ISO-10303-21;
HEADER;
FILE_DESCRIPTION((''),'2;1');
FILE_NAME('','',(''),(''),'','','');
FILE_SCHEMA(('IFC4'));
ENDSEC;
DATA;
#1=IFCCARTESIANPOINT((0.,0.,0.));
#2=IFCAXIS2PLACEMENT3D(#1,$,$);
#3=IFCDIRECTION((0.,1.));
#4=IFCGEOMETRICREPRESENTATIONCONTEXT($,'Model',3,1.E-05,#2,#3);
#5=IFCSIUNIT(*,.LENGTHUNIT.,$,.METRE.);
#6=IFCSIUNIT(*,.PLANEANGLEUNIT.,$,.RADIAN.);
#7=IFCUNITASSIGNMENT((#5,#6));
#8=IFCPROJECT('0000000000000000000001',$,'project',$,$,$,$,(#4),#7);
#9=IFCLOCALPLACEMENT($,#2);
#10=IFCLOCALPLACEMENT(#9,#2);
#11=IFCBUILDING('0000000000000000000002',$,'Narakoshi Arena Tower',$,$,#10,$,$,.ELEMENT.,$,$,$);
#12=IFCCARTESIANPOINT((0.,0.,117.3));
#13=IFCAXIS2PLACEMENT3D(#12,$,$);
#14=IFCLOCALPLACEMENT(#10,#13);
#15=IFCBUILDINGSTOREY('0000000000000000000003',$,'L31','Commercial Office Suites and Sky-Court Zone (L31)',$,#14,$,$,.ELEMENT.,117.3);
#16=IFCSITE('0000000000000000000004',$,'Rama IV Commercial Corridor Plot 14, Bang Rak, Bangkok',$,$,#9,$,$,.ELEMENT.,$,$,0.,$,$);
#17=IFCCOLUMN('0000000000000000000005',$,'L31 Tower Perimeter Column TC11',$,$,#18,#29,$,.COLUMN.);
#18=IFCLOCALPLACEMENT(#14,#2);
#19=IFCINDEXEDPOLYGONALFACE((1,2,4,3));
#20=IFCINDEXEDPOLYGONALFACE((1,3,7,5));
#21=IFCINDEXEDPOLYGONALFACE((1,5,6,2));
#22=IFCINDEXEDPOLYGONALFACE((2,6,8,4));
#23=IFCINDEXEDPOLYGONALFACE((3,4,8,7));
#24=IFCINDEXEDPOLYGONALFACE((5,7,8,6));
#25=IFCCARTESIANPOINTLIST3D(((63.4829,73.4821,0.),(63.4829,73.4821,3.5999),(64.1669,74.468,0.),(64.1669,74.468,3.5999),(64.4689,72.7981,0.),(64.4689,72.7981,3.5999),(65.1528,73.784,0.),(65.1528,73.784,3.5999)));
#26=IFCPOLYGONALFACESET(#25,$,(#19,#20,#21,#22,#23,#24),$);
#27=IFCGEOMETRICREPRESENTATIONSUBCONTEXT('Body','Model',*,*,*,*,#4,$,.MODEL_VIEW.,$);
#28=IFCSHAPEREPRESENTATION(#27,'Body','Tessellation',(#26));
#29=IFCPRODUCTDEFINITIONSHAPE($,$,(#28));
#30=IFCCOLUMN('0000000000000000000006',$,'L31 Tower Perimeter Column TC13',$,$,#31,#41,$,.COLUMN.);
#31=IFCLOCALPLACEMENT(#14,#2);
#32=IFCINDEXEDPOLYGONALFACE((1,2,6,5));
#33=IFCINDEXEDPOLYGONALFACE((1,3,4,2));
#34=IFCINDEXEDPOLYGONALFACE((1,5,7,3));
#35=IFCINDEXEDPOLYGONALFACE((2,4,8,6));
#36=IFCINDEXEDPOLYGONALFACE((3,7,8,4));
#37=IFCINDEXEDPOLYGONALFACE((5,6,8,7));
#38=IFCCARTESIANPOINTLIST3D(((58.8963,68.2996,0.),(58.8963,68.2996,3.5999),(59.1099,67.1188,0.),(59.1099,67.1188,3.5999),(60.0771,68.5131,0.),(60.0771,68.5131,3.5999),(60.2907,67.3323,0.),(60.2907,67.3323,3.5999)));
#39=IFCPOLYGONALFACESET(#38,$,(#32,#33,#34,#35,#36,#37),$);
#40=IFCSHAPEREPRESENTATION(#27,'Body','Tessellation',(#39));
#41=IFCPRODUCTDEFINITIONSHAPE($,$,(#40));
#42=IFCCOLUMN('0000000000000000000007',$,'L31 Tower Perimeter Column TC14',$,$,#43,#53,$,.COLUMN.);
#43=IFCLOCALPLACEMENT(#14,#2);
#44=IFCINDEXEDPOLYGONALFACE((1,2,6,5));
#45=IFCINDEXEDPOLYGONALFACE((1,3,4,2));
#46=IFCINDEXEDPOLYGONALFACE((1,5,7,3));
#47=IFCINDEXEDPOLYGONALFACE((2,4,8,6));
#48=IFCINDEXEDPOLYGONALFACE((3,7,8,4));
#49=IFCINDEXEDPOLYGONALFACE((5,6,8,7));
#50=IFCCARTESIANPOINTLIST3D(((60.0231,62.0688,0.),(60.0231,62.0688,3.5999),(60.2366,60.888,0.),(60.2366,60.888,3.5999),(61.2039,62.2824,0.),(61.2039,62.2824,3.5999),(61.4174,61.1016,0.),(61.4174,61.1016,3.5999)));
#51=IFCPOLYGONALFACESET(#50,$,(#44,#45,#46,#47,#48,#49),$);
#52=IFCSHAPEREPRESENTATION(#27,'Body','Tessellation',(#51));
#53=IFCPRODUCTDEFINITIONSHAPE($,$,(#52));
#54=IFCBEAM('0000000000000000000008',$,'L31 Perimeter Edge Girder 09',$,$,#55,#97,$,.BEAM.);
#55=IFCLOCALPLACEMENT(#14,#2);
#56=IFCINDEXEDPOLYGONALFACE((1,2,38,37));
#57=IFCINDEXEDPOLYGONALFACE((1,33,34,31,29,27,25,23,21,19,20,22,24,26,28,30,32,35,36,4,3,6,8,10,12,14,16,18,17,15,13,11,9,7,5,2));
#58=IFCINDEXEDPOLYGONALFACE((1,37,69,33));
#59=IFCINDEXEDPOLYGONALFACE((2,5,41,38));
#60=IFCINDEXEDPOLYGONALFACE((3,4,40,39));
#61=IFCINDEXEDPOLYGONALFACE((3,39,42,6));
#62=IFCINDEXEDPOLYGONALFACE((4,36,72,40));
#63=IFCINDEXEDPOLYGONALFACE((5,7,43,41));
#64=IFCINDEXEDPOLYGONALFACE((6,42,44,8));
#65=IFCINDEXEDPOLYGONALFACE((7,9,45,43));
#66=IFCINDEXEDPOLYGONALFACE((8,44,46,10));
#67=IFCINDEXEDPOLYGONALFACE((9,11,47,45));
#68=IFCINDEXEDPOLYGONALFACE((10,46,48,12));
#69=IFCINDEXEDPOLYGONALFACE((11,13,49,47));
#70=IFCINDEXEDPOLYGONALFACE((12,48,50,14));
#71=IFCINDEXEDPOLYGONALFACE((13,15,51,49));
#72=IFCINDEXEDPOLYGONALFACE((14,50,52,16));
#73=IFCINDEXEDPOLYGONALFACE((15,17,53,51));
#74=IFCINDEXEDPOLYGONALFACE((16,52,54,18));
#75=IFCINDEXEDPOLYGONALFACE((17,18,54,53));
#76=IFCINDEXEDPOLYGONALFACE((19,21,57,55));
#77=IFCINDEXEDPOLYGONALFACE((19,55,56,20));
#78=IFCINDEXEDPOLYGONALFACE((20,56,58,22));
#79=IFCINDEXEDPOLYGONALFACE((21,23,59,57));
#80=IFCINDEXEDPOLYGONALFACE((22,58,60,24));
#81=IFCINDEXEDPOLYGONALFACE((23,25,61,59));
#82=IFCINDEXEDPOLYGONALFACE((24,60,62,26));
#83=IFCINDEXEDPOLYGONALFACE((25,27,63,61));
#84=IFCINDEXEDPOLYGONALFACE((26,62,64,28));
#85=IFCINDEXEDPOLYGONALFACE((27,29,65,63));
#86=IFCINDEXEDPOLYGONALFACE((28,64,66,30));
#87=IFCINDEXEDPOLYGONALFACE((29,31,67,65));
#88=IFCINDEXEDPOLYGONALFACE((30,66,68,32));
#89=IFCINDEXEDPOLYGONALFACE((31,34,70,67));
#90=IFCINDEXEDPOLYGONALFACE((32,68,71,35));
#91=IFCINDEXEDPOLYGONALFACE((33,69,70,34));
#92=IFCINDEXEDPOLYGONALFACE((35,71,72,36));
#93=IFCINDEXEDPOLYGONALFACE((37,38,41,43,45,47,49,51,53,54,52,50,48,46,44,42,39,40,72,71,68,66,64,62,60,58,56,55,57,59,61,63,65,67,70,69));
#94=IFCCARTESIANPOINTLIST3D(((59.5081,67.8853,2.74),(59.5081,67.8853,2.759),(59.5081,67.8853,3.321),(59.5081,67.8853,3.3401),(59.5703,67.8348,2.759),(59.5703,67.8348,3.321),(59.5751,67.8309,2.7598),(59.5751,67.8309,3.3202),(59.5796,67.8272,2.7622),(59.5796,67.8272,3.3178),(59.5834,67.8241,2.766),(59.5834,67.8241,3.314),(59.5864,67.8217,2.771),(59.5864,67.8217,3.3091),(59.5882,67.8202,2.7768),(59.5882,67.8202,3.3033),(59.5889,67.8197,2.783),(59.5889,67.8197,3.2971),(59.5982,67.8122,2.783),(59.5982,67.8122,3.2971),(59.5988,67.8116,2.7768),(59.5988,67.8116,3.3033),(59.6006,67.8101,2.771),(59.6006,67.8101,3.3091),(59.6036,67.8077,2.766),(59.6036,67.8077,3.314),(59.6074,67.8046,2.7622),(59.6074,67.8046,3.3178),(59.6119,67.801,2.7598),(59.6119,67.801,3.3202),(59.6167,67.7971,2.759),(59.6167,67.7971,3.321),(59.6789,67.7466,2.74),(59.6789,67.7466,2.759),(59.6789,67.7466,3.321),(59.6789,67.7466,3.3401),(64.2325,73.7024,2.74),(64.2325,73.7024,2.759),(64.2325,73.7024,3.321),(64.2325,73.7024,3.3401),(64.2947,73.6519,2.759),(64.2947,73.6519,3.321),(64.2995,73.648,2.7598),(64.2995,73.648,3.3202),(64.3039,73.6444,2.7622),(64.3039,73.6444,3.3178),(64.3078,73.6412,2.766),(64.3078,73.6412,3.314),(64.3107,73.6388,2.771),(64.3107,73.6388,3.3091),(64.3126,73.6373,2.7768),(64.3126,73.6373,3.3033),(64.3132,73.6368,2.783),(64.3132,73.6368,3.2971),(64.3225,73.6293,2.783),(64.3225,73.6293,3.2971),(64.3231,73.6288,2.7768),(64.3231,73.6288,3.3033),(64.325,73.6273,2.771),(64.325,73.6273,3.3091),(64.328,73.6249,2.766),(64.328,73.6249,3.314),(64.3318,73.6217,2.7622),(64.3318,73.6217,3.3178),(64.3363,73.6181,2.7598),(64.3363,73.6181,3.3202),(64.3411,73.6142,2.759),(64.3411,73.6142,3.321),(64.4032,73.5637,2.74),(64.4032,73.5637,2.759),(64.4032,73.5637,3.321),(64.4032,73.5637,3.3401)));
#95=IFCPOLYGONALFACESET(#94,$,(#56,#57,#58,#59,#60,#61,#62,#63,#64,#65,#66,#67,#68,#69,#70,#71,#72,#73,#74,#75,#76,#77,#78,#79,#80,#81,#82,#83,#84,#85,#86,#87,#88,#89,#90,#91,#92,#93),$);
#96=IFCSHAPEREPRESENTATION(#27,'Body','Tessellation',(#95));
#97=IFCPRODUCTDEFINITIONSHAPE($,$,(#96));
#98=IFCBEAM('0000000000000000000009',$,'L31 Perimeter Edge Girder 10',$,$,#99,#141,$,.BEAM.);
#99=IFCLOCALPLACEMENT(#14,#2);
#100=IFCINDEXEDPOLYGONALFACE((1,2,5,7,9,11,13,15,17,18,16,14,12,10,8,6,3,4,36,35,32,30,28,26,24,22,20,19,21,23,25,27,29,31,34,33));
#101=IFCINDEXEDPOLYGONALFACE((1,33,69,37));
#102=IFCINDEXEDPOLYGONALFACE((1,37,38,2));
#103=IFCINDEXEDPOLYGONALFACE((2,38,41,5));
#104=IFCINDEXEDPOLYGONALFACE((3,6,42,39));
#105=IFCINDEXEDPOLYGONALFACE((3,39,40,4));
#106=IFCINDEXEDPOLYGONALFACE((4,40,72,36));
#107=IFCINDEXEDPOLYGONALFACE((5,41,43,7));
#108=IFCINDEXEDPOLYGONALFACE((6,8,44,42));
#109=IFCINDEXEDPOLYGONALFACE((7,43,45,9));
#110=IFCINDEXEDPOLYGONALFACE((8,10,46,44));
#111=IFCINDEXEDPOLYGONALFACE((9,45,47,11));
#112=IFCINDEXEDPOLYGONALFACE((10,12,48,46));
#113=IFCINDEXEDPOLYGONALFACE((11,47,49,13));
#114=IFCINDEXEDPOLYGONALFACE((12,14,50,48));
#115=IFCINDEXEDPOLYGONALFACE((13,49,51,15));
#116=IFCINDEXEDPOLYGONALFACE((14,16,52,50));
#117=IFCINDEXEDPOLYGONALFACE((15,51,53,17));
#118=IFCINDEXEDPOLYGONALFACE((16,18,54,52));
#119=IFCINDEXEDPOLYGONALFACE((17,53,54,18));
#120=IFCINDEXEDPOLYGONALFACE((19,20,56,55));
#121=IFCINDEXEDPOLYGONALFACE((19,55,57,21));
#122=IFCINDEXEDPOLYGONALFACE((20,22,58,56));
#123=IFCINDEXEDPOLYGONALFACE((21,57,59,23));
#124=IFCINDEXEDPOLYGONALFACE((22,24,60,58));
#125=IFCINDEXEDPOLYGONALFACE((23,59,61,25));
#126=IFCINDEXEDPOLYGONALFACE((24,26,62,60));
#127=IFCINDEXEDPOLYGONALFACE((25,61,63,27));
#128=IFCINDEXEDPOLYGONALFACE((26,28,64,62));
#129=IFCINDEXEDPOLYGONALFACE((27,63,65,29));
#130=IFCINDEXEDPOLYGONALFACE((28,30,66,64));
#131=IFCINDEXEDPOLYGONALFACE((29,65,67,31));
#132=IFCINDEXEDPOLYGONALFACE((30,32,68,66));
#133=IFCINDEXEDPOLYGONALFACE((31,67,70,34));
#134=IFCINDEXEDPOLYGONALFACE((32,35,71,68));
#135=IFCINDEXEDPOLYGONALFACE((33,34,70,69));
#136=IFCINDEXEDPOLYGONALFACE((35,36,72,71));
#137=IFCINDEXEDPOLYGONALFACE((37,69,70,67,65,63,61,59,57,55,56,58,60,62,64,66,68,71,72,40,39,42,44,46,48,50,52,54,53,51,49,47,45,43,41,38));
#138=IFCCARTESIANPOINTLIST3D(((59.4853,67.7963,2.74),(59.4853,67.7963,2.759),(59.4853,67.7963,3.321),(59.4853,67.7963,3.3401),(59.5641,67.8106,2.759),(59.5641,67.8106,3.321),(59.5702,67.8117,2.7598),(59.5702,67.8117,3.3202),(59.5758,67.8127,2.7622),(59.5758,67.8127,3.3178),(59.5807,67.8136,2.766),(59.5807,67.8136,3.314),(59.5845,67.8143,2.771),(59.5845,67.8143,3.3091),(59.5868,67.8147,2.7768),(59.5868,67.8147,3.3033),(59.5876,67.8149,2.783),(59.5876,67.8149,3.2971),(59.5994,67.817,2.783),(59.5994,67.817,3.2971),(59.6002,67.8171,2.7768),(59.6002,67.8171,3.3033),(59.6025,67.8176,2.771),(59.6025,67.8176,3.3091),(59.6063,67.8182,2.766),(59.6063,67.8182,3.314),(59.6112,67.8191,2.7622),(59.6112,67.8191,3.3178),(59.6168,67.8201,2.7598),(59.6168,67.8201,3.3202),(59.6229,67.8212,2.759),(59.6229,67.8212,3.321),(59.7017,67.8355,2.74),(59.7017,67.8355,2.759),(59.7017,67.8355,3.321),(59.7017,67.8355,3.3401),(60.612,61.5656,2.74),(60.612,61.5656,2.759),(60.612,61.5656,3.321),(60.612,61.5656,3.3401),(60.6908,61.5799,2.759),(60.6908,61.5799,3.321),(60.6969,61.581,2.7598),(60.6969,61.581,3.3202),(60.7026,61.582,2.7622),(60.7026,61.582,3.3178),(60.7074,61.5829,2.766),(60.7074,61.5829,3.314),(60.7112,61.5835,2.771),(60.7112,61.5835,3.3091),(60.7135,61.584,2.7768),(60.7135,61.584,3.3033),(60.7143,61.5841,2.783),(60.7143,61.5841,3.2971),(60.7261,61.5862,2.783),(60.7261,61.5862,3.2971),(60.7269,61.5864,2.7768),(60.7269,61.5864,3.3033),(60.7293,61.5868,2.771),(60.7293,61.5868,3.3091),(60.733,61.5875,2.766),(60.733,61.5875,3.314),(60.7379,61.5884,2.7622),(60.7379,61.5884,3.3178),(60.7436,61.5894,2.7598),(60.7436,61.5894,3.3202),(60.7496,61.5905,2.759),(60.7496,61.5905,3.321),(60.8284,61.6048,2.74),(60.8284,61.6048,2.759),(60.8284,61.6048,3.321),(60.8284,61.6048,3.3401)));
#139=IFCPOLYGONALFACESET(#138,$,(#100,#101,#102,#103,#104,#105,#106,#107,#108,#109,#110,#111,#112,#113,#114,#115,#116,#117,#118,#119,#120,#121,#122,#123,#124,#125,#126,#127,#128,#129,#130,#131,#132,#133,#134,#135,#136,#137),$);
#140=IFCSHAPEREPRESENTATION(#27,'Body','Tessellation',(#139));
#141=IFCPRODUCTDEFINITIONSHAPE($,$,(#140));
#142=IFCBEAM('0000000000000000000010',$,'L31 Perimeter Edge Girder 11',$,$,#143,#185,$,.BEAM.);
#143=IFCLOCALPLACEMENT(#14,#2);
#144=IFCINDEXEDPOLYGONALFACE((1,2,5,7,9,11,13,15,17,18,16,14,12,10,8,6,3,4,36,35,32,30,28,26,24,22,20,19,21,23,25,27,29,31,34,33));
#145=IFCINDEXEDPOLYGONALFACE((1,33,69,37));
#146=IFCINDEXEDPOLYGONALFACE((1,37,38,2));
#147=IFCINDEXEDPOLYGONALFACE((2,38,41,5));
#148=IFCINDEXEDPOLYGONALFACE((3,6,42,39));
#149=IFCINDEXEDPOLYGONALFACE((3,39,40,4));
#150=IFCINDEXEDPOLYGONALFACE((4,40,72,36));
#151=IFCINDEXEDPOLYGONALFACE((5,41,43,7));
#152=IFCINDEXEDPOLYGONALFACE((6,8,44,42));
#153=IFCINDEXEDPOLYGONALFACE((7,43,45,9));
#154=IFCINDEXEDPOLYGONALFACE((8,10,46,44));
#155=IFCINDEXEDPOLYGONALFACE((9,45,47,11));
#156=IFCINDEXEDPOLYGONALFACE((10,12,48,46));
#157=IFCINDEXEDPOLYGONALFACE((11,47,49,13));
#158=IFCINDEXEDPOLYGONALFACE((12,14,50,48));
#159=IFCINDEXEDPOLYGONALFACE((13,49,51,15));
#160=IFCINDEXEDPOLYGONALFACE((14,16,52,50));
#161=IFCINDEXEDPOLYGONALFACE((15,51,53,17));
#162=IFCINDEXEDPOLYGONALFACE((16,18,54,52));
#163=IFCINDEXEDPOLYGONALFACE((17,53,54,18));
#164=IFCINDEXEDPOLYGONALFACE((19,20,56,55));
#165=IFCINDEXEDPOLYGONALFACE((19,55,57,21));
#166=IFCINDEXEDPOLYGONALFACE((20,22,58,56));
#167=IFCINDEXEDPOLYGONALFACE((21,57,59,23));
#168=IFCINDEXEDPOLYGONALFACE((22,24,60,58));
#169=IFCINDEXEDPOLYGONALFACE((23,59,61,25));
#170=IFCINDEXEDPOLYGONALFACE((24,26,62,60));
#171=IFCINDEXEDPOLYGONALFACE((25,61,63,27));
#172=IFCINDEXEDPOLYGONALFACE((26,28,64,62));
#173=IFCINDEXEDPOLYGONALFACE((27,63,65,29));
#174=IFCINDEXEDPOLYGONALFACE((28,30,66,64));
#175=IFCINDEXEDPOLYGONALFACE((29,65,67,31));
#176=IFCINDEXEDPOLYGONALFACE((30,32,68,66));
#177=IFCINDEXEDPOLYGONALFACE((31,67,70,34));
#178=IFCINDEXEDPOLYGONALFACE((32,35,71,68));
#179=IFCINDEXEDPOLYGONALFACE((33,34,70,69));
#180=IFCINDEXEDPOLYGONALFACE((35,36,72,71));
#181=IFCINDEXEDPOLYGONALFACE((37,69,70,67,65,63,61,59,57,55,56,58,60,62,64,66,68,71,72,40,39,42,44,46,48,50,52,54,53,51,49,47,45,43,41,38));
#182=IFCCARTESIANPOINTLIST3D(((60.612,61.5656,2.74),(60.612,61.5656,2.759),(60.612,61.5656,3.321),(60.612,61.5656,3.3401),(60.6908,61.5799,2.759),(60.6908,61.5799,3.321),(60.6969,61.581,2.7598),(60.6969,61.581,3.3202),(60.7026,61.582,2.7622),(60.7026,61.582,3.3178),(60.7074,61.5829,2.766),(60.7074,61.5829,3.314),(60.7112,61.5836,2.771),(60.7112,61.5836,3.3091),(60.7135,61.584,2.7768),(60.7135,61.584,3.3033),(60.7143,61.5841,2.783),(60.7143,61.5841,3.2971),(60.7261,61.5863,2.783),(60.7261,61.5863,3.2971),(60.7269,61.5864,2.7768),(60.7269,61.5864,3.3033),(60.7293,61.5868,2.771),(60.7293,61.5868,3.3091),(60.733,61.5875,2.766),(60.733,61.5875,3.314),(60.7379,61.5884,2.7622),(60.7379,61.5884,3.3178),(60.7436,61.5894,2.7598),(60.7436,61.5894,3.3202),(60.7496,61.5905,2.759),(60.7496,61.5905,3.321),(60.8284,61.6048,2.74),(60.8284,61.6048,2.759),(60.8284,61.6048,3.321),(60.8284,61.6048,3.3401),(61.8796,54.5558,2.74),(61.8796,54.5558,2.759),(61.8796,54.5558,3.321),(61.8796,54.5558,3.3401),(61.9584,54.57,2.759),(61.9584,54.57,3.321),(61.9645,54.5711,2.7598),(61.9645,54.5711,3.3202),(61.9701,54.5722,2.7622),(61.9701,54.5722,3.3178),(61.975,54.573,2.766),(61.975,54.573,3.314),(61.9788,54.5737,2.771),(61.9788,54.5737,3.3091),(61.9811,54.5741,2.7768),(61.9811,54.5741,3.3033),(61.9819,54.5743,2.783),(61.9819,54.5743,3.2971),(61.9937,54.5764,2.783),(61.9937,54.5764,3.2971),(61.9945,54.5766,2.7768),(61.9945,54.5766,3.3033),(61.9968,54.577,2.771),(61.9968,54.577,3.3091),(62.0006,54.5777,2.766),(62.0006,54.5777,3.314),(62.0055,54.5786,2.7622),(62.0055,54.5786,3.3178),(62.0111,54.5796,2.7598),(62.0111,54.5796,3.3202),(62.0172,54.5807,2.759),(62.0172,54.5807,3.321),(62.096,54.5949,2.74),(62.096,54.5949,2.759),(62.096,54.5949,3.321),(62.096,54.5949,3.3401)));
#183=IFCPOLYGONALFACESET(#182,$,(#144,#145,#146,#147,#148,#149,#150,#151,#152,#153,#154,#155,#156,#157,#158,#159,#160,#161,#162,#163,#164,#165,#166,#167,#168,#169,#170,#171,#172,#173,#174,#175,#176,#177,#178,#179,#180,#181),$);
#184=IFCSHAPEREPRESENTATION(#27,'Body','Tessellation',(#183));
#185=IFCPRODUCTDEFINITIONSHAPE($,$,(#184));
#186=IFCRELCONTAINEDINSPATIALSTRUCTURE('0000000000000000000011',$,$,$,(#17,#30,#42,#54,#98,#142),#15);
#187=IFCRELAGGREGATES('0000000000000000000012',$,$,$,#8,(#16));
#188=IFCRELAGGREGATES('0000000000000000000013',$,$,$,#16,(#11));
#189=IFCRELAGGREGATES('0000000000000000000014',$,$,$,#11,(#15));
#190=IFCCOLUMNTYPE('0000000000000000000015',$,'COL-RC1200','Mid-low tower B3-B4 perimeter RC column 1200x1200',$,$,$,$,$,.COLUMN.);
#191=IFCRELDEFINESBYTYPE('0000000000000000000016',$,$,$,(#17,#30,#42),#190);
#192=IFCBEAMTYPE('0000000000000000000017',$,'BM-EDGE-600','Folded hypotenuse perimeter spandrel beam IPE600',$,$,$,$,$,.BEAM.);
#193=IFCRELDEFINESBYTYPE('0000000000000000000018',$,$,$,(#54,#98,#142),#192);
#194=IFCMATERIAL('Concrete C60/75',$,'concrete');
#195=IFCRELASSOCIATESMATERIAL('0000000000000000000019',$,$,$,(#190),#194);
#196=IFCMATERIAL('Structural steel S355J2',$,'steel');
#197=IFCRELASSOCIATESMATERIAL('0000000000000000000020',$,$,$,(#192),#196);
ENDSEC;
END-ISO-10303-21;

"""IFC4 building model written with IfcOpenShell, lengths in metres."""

from ifc_helpers import new_model, si_unit, direction, frame, origin, origin_2d, place, context, subcontext, project, spatial, rectangle, i_section, extrude, material, material_profile, profile_set, type_object, element, save


model = new_model("IFC4")

# Units and contexts
model_context = context("Model", 3, precision=1e-05, world=origin(), true_north=direction((0.0, 1.0)))
body_context = subcontext(model_context, "Body", "Model", "MODEL_VIEW")
ifc_project = project(units=[si_unit("LENGTHUNIT", "METRE"), si_unit("PLANEANGLEUNIT", "RADIAN")], contexts=[model_context])

# Site, building, storey
site_placement = place(None, origin())
site = spatial("IfcSite", under=ifc_project, at=site_placement, Name="Rama IV Commercial Corridor Plot 14, Bang Rak, Bangkok", CompositionType="ELEMENT", RefElevation=0.0)
building_placement = place(site_placement, origin())
building = spatial("IfcBuilding", under=site, at=building_placement, Name="Narakoshi Arena Tower", CompositionType="ELEMENT")
storey_placement = place(building_placement, frame((0.0, 0.0, 117.3)))
storey = spatial("IfcBuildingStorey", under=building, at=storey_placement, Name="L31", Description="Commercial Office Suites and Sky-Court Zone (L31)", CompositionType="ELEMENT", Elevation=117.3)

# Columns
ifc_material_1 = material(Name="Concrete C60/75", Category="concrete")
ifc_material_profile_1 = material_profile(ifc_material_1, rectangle(XDim=1.2, YDim=1.2, at=origin_2d()), Name="RC1200x1200")
ifc_profile_set_1 = profile_set([ifc_material_profile_1], Name="Concrete C60/75")
column_type = type_object("IfcColumnType", Name="COL-RC1200", Description="Mid-low tower B3-B4 perimeter RC column 1200x1200", PredefinedType="COLUMN", material=ifc_profile_set_1)
for number, where, z_axis, x_axis, name in (
    (1, (64.3179, 73.6331, 0.0), (0.0, 0.0, 1.0), (0.569997, 0.821647, 0.0), "L31 Tower Perimeter Column TC11"),
    (2, (59.5935, 67.8159, 0.0), (0.0, 0.0, 1.0), (-0.177944, 0.984041, 0.0), "L31 Tower Perimeter Column TC13"),
    (3, (60.7202, 61.5852, 0.0), (0.0, 0.0, 1.0), (-0.177944, 0.984041, 0.0), "L31 Tower Perimeter Column TC14"),
):
    element("IfcColumn", number, at=place(storey_placement, frame(where, z_axis=z_axis, x_axis=x_axis)), inside=storey, type_object=column_type, Name=name, PredefinedType="COLUMN", context=body_context, shape_type="SweptSolid", body=[
        extrude(rectangle(XDim=1.2, YDim=1.2, at=origin_2d()), origin(), (0.0, 0.0, 1.0), 3.5999),
    ])

# Beams
ifc_material_2 = material(Name="Structural steel S355J2", Category="steel")
ifc_material_profile_2 = material_profile(ifc_material_2, i_section(OverallWidth=0.22, OverallDepth=0.6001, WebThickness=0.012, FlangeThickness=0.019, FilletRadius=0.0239, at=origin_2d()), Name="IPE600")
ifc_profile_set_2 = profile_set([ifc_material_profile_2], Name="Structural steel S355J2")
beam_type_1 = type_object("IfcBeamType", Name="BM-EDGE-600", Description="Folded hypotenuse perimeter spandrel beam IPE600", PredefinedType="BEAM", material=ifc_profile_set_2)
beam_1_placement = place(storey_placement, frame((64.3179, 73.6331, 3.04), z_axis=(-0.630427, -0.776249, 0.0), x_axis=(0.776249, -0.630427, 0.0)))
element("IfcBeam", 4, at=beam_1_placement, inside=storey, type_object=beam_type_1, Name="L31 Perimeter Edge Girder 09", PredefinedType="BEAM", context=body_context, shape_type="SweptSolid", body=[
    extrude(i_section(OverallWidth=0.22, OverallDepth=0.6001, WebThickness=0.012, FlangeThickness=0.019, FilletRadius=0.0239, at=origin_2d()), origin(), (0.0, 0.0, 1.0), 7.4939),
])
beam_2_placement = place(storey_placement, frame((59.5935, 67.8159, 3.04), z_axis=(0.177945, -0.98404, 0.0), x_axis=(0.98404, 0.177945, 0.0)))
element("IfcBeam", 5, at=beam_2_placement, inside=storey, type_object=beam_type_1, Name="L31 Perimeter Edge Girder 10", PredefinedType="BEAM", context=body_context, shape_type="SweptSolid", body=[
    extrude(i_section(OverallWidth=0.22, OverallDepth=0.6001, WebThickness=0.012, FlangeThickness=0.019, FilletRadius=0.0239, at=origin_2d()), origin(), (0.0, 0.0, 1.0), 6.3318),
])
beam_3_placement = place(storey_placement, frame((60.7202, 61.5852, 3.04), z_axis=(0.177944, -0.984041, 0.0), x_axis=(0.984041, 0.177944, 0.0)))
element("IfcBeam", 6, at=beam_3_placement, inside=storey, type_object=beam_type_1, Name="L31 Perimeter Edge Girder 11", PredefinedType="BEAM", context=body_context, shape_type="SweptSolid", body=[
    extrude(i_section(OverallWidth=0.22, OverallDepth=0.6001, WebThickness=0.012, FlangeThickness=0.019, FilletRadius=0.0239, at=origin_2d()), origin(), (0.0, 0.0, 1.0), 7.1235),
])

save(model, "model.ifc")
